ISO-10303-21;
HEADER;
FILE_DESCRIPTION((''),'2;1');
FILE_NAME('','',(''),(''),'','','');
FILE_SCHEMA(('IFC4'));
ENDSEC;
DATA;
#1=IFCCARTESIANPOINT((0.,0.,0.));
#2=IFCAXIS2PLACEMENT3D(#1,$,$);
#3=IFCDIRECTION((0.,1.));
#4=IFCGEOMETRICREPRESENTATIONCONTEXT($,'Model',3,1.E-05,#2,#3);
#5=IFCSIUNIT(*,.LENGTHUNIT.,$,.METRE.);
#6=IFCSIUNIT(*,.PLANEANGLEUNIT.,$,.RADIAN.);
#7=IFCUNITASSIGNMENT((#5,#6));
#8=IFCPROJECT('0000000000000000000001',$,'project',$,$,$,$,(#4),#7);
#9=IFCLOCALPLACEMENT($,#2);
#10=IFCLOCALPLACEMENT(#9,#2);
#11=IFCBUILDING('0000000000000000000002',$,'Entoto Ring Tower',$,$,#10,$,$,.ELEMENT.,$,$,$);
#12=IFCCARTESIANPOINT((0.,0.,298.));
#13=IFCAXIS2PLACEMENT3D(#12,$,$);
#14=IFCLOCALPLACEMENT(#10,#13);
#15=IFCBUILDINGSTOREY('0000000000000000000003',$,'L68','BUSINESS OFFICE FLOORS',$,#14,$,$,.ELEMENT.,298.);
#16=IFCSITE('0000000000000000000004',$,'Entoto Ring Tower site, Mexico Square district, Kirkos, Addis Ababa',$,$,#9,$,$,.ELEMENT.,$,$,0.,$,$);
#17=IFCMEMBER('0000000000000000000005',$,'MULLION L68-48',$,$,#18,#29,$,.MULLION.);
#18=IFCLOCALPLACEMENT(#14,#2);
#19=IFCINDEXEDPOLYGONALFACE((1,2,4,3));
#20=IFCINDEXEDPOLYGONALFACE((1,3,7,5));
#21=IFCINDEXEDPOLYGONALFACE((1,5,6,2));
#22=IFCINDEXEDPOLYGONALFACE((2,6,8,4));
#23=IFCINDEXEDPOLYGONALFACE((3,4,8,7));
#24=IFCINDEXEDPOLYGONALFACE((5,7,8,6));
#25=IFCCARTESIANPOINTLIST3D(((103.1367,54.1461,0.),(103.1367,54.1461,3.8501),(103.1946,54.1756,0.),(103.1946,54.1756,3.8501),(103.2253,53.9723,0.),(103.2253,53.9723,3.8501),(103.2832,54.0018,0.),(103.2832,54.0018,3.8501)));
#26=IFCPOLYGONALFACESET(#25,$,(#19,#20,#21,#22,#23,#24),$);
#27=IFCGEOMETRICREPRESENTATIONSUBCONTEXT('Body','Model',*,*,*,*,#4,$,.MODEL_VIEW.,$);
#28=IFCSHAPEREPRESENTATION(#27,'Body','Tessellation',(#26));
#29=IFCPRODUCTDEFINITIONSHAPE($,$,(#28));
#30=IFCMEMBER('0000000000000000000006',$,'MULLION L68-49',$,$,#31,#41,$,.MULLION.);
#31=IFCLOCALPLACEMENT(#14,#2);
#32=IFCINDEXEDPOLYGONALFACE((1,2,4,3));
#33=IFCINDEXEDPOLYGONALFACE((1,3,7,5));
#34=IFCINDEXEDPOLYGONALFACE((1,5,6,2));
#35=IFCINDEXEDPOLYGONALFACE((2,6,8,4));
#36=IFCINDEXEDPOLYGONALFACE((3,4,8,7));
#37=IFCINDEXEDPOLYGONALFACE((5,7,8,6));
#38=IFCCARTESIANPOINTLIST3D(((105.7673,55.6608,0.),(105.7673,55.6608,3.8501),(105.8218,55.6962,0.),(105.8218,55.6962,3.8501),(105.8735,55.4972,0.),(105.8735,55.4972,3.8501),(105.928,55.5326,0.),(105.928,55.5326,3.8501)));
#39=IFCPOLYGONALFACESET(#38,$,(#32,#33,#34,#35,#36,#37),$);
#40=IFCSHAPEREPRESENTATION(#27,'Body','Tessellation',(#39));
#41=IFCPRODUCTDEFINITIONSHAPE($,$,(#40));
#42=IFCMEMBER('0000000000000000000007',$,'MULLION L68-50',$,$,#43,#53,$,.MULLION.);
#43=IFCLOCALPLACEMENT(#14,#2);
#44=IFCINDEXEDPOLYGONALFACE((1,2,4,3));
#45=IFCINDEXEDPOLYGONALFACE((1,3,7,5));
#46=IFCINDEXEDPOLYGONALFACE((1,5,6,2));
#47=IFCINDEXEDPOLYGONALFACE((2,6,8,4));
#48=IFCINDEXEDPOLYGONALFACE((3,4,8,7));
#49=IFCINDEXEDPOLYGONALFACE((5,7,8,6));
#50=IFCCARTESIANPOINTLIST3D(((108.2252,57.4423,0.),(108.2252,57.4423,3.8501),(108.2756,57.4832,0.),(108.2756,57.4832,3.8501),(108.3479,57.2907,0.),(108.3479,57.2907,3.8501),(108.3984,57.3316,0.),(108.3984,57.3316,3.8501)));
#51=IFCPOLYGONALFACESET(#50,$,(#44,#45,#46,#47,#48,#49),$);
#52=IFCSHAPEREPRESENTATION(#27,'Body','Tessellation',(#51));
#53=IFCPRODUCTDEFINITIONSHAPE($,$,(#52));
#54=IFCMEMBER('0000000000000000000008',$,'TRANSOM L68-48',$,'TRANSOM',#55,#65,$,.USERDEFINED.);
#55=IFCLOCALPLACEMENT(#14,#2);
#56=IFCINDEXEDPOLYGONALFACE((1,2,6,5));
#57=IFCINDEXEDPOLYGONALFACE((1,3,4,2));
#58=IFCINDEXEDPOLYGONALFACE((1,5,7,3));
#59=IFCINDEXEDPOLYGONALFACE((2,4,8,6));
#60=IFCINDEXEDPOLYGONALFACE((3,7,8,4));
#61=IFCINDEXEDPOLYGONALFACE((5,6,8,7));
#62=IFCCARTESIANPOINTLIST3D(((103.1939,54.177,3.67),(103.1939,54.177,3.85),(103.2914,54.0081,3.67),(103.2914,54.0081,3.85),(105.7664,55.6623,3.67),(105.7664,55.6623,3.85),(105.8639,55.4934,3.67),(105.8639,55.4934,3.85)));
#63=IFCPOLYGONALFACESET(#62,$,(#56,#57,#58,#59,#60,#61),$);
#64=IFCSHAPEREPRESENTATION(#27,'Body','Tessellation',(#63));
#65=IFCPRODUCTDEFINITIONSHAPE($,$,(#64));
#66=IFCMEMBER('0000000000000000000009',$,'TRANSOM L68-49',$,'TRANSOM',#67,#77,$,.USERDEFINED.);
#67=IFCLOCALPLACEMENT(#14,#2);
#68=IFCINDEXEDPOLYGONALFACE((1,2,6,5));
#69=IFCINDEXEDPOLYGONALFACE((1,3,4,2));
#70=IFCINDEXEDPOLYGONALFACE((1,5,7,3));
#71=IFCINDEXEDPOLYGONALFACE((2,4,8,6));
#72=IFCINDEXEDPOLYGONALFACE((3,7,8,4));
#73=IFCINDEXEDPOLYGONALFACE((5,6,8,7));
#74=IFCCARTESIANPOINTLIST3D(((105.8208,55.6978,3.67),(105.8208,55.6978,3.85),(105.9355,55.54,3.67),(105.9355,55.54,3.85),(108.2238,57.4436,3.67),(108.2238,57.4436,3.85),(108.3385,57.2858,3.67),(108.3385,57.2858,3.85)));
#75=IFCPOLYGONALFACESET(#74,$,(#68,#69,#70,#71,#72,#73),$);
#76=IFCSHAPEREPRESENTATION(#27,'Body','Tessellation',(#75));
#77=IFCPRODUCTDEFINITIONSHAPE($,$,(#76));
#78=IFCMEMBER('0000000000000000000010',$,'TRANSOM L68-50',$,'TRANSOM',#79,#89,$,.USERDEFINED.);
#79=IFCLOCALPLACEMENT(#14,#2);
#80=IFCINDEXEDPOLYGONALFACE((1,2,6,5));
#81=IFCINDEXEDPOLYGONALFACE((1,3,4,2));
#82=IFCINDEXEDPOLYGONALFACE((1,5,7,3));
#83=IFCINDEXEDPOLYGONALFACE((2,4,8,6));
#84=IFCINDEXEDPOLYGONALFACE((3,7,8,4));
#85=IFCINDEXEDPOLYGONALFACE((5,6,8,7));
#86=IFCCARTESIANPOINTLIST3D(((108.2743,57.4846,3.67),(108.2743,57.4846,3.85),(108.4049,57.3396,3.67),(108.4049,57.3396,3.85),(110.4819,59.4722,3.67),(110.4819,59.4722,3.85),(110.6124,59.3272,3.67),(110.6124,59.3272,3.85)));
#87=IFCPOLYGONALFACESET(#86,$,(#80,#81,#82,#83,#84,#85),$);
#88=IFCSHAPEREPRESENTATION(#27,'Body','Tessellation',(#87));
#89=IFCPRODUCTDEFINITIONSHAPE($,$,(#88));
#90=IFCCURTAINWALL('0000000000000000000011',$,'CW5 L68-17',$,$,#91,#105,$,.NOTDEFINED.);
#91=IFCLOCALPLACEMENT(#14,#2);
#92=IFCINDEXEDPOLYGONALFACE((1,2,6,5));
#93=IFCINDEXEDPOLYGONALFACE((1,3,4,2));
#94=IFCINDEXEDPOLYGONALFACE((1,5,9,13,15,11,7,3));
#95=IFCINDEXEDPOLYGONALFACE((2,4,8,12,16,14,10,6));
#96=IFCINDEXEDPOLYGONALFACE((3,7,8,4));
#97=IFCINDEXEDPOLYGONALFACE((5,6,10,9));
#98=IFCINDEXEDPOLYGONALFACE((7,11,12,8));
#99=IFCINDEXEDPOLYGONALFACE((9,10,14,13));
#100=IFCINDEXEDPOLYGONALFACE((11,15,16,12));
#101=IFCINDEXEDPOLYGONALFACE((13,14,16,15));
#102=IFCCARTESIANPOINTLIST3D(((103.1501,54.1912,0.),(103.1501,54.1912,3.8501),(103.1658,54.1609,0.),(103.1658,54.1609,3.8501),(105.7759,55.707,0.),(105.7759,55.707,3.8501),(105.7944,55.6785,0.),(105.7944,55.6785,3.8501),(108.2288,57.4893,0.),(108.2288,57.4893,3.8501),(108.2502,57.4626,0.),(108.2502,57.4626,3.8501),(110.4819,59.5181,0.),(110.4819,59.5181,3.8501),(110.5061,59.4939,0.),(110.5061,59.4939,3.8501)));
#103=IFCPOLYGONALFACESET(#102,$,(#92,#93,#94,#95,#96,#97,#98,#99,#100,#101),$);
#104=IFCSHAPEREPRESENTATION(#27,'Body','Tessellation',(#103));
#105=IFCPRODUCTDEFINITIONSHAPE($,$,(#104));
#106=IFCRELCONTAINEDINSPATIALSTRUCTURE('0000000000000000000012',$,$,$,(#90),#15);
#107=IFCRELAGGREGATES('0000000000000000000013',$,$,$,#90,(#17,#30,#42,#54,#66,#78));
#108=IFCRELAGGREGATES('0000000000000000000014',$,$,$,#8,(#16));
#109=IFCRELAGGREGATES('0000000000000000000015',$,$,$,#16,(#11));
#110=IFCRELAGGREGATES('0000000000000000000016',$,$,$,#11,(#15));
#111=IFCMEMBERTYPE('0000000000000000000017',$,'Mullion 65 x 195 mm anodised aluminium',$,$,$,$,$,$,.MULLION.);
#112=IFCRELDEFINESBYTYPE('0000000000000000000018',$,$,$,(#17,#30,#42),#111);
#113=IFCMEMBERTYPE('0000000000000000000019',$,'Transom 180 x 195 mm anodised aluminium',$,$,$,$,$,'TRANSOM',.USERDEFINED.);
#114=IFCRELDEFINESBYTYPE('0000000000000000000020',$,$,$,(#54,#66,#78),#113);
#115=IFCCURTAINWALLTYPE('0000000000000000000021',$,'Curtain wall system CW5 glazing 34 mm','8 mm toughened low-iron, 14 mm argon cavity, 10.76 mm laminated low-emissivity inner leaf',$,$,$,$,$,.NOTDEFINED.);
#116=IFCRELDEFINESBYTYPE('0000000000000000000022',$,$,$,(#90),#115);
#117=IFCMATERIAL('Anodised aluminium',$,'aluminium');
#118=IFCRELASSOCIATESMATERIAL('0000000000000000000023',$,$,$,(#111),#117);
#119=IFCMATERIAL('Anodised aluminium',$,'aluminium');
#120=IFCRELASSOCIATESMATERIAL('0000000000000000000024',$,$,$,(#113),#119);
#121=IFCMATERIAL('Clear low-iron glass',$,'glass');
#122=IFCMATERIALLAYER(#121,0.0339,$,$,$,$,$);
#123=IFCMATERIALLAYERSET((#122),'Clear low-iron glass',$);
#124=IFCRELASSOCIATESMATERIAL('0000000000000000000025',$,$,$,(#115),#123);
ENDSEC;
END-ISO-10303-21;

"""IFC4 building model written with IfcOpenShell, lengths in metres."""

from ifc_helpers import new_model, si_unit, direction, frame, origin, origin_2d, place, context, subcontext, project, spatial, polyline, rectangle, outline, extrude, material, layer, layer_set, material_profile, profile_set, type_object, element, aggregate, save


model = new_model("IFC4")

# Units and contexts
model_context = context("Model", 3, precision=1e-05, world=origin(), true_north=direction((0.0, 1.0)))
body_context = subcontext(model_context, "Body", "Model", "MODEL_VIEW")
ifc_project = project(units=[si_unit("LENGTHUNIT", "METRE"), si_unit("PLANEANGLEUNIT", "RADIAN")], contexts=[model_context])

# Members
ifc_material_1 = material(Name="Anodised aluminium", Category="aluminium")
ifc_material_profile_1 = material_profile(ifc_material_1, rectangle(XDim=0.0649, YDim=0.1951, at=origin_2d()), Name="Mullion 65 x 195 mm anodised aluminium")
ifc_profile_set_1 = profile_set([ifc_material_profile_1], Name="Anodised aluminium")
member_type_1 = type_object("IfcMemberType", Name="Mullion 65 x 195 mm anodised aluminium", PredefinedType="MULLION", material=ifc_profile_set_1)
site_placement = place(None, origin())
building_placement = place(site_placement, origin())
storey_placement = place(building_placement, frame((0.0, 0.0, 298.0)))
member_1_placement = place(storey_placement, frame((103.21, 54.074, 0.0), z_axis=(0.0, 0.0, 1.0), x_axis=(0.891007, 0.45399, 0.0)))
member_1 = element("IfcMember", 1, at=member_1_placement, type_object=member_type_1, Name="MULLION L68-48", PredefinedType="MULLION", context=body_context, shape_type="SweptSolid", body=[
    extrude(rectangle(XDim=0.0649, YDim=0.1951, at=origin_2d()), origin(), (0.0, 0.0, 1.0), 3.8501),
])
member_2_placement = place(storey_placement, frame((105.8477, 55.5967, 0.0), z_axis=(0.0, 0.0, 1.0), x_axis=(0.838671, 0.544639, 0.0)))
member_2 = element("IfcMember", 2, at=member_2_placement, type_object=member_type_1, Name="MULLION L68-49", PredefinedType="MULLION", context=body_context, shape_type="SweptSolid", body=[
    extrude(rectangle(XDim=0.0649, YDim=0.1951, at=origin_2d()), origin(), (0.0, 0.0, 1.0), 3.8501),
])
member_3_placement = place(storey_placement, frame((108.3118, 57.387, 0.0), z_axis=(0.0, 0.0, 1.0), x_axis=(0.777146, 0.62932, 0.0)))
member_3 = element("IfcMember", 3, at=member_3_placement, type_object=member_type_1, Name="MULLION L68-50", PredefinedType="MULLION", context=body_context, shape_type="SweptSolid", body=[
    extrude(rectangle(XDim=0.0649, YDim=0.1951, at=origin_2d()), origin(), (0.0, 0.0, 1.0), 3.8501),
])
ifc_material_2 = material(Name="Anodised aluminium", Category="aluminium")
ifc_material_profile_2 = material_profile(ifc_material_2, rectangle(XDim=0.1951, YDim=0.1799, at=origin_2d()), Name="Transom 180 x 195 mm anodised aluminium")
ifc_profile_set_2 = profile_set([ifc_material_profile_2], Name="Anodised aluminium")
member_type_2 = type_object("IfcMemberType", Name="Transom 180 x 195 mm anodised aluminium", ElementType="TRANSOM", PredefinedType="USERDEFINED", material=ifc_profile_set_2)
member_4_placement = place(storey_placement, frame((103.2427, 54.0925, 3.76), z_axis=(0.866009, 0.500028, 0.0), x_axis=(-0.500028, 0.866009, 0.0)))
member_4 = element("IfcMember", 4, at=member_4_placement, type_object=member_type_2, Name="TRANSOM L68-48", ObjectType="TRANSOM", PredefinedType="USERDEFINED", context=body_context, shape_type="SweptSolid", body=[
    extrude(rectangle(XDim=0.1951, YDim=0.1799, at=origin_2d()), origin(), (0.0, 0.0, 1.0), 2.9705),
])
member_5_placement = place(storey_placement, frame((105.8782, 55.6189, 3.76), z_axis=(0.809031, 0.587766, 0.0), x_axis=(-0.587766, 0.809031, 0.0)))
member_5 = element("IfcMember", 5, at=member_5_placement, type_object=member_type_2, Name="TRANSOM L68-49", ObjectType="TRANSOM", PredefinedType="USERDEFINED", context=body_context, shape_type="SweptSolid", body=[
    extrude(rectangle(XDim=0.1951, YDim=0.1799, at=origin_2d()), origin(), (0.0, 0.0, 1.0), 2.9702),
])
member_6_placement = place(storey_placement, frame((108.3396, 57.4121, 3.76), z_axis=(0.743163, 0.66911, 0.0), x_axis=(-0.66911, 0.743163, 0.0)))
member_6 = element("IfcMember", 6, at=member_6_placement, type_object=member_type_2, Name="TRANSOM L68-50", ObjectType="TRANSOM", PredefinedType="USERDEFINED", context=body_context, shape_type="SweptSolid", body=[
    extrude(rectangle(XDim=0.1951, YDim=0.1799, at=origin_2d()), origin(), (0.0, 0.0, 1.0), 2.9705),
])

# Site, building, storey
site = spatial("IfcSite", under=ifc_project, at=site_placement, Name="Entoto Ring Tower site, Mexico Square district, Kirkos, Addis Ababa", CompositionType="ELEMENT", RefElevation=0.0)
building = spatial("IfcBuilding", under=site, at=building_placement, Name="Entoto Ring Tower", CompositionType="ELEMENT")
storey = spatial("IfcBuildingStorey", under=building, at=storey_placement, Name="L68", Description="BUSINESS OFFICE FLOORS", CompositionType="ELEMENT", Elevation=298.0)

# Curtain wall
ifc_material_3 = material(Name="Clear low-iron glass", Category="glass")
ifc_layer_1 = layer(ifc_material_3, 0.0339)
ifc_layer_set_1 = layer_set([ifc_layer_1], Name="Clear low-iron glass")
curtain_wall_type = type_object("IfcCurtainWallType", Name="Curtain wall system CW5 glazing 34 mm", Description="8 mm toughened low-iron, 14 mm argon cavity, 10.76 mm laminated low-emissivity inner leaf", PredefinedType="NOTDEFINED", material=ifc_layer_set_1)
curtain_wall_1_placement = place(storey_placement, origin())
curtain_wall_1 = element("IfcCurtainWall", 7, at=curtain_wall_1_placement, inside=storey, type_object=curtain_wall_type, Name="CW5 L68-17", PredefinedType="NOTDEFINED", context=body_context, shape_type="SweptSolid", body=[
    extrude(outline(polyline([(103.1658, 54.1609), (105.7944, 55.6785), (108.2502, 57.4626), (110.5061, 59.4939), (110.4819, 59.5181), (108.2288, 57.4893), (105.7759, 55.707), (103.1501, 54.1912), (103.1658, 54.1609)])), origin(), (0.0, 0.0, 1.0), 3.8501),
])
aggregate(curtain_wall_1, [member_1, member_2, member_3, member_4, member_5, member_6])

save(model, "model.ifc")
